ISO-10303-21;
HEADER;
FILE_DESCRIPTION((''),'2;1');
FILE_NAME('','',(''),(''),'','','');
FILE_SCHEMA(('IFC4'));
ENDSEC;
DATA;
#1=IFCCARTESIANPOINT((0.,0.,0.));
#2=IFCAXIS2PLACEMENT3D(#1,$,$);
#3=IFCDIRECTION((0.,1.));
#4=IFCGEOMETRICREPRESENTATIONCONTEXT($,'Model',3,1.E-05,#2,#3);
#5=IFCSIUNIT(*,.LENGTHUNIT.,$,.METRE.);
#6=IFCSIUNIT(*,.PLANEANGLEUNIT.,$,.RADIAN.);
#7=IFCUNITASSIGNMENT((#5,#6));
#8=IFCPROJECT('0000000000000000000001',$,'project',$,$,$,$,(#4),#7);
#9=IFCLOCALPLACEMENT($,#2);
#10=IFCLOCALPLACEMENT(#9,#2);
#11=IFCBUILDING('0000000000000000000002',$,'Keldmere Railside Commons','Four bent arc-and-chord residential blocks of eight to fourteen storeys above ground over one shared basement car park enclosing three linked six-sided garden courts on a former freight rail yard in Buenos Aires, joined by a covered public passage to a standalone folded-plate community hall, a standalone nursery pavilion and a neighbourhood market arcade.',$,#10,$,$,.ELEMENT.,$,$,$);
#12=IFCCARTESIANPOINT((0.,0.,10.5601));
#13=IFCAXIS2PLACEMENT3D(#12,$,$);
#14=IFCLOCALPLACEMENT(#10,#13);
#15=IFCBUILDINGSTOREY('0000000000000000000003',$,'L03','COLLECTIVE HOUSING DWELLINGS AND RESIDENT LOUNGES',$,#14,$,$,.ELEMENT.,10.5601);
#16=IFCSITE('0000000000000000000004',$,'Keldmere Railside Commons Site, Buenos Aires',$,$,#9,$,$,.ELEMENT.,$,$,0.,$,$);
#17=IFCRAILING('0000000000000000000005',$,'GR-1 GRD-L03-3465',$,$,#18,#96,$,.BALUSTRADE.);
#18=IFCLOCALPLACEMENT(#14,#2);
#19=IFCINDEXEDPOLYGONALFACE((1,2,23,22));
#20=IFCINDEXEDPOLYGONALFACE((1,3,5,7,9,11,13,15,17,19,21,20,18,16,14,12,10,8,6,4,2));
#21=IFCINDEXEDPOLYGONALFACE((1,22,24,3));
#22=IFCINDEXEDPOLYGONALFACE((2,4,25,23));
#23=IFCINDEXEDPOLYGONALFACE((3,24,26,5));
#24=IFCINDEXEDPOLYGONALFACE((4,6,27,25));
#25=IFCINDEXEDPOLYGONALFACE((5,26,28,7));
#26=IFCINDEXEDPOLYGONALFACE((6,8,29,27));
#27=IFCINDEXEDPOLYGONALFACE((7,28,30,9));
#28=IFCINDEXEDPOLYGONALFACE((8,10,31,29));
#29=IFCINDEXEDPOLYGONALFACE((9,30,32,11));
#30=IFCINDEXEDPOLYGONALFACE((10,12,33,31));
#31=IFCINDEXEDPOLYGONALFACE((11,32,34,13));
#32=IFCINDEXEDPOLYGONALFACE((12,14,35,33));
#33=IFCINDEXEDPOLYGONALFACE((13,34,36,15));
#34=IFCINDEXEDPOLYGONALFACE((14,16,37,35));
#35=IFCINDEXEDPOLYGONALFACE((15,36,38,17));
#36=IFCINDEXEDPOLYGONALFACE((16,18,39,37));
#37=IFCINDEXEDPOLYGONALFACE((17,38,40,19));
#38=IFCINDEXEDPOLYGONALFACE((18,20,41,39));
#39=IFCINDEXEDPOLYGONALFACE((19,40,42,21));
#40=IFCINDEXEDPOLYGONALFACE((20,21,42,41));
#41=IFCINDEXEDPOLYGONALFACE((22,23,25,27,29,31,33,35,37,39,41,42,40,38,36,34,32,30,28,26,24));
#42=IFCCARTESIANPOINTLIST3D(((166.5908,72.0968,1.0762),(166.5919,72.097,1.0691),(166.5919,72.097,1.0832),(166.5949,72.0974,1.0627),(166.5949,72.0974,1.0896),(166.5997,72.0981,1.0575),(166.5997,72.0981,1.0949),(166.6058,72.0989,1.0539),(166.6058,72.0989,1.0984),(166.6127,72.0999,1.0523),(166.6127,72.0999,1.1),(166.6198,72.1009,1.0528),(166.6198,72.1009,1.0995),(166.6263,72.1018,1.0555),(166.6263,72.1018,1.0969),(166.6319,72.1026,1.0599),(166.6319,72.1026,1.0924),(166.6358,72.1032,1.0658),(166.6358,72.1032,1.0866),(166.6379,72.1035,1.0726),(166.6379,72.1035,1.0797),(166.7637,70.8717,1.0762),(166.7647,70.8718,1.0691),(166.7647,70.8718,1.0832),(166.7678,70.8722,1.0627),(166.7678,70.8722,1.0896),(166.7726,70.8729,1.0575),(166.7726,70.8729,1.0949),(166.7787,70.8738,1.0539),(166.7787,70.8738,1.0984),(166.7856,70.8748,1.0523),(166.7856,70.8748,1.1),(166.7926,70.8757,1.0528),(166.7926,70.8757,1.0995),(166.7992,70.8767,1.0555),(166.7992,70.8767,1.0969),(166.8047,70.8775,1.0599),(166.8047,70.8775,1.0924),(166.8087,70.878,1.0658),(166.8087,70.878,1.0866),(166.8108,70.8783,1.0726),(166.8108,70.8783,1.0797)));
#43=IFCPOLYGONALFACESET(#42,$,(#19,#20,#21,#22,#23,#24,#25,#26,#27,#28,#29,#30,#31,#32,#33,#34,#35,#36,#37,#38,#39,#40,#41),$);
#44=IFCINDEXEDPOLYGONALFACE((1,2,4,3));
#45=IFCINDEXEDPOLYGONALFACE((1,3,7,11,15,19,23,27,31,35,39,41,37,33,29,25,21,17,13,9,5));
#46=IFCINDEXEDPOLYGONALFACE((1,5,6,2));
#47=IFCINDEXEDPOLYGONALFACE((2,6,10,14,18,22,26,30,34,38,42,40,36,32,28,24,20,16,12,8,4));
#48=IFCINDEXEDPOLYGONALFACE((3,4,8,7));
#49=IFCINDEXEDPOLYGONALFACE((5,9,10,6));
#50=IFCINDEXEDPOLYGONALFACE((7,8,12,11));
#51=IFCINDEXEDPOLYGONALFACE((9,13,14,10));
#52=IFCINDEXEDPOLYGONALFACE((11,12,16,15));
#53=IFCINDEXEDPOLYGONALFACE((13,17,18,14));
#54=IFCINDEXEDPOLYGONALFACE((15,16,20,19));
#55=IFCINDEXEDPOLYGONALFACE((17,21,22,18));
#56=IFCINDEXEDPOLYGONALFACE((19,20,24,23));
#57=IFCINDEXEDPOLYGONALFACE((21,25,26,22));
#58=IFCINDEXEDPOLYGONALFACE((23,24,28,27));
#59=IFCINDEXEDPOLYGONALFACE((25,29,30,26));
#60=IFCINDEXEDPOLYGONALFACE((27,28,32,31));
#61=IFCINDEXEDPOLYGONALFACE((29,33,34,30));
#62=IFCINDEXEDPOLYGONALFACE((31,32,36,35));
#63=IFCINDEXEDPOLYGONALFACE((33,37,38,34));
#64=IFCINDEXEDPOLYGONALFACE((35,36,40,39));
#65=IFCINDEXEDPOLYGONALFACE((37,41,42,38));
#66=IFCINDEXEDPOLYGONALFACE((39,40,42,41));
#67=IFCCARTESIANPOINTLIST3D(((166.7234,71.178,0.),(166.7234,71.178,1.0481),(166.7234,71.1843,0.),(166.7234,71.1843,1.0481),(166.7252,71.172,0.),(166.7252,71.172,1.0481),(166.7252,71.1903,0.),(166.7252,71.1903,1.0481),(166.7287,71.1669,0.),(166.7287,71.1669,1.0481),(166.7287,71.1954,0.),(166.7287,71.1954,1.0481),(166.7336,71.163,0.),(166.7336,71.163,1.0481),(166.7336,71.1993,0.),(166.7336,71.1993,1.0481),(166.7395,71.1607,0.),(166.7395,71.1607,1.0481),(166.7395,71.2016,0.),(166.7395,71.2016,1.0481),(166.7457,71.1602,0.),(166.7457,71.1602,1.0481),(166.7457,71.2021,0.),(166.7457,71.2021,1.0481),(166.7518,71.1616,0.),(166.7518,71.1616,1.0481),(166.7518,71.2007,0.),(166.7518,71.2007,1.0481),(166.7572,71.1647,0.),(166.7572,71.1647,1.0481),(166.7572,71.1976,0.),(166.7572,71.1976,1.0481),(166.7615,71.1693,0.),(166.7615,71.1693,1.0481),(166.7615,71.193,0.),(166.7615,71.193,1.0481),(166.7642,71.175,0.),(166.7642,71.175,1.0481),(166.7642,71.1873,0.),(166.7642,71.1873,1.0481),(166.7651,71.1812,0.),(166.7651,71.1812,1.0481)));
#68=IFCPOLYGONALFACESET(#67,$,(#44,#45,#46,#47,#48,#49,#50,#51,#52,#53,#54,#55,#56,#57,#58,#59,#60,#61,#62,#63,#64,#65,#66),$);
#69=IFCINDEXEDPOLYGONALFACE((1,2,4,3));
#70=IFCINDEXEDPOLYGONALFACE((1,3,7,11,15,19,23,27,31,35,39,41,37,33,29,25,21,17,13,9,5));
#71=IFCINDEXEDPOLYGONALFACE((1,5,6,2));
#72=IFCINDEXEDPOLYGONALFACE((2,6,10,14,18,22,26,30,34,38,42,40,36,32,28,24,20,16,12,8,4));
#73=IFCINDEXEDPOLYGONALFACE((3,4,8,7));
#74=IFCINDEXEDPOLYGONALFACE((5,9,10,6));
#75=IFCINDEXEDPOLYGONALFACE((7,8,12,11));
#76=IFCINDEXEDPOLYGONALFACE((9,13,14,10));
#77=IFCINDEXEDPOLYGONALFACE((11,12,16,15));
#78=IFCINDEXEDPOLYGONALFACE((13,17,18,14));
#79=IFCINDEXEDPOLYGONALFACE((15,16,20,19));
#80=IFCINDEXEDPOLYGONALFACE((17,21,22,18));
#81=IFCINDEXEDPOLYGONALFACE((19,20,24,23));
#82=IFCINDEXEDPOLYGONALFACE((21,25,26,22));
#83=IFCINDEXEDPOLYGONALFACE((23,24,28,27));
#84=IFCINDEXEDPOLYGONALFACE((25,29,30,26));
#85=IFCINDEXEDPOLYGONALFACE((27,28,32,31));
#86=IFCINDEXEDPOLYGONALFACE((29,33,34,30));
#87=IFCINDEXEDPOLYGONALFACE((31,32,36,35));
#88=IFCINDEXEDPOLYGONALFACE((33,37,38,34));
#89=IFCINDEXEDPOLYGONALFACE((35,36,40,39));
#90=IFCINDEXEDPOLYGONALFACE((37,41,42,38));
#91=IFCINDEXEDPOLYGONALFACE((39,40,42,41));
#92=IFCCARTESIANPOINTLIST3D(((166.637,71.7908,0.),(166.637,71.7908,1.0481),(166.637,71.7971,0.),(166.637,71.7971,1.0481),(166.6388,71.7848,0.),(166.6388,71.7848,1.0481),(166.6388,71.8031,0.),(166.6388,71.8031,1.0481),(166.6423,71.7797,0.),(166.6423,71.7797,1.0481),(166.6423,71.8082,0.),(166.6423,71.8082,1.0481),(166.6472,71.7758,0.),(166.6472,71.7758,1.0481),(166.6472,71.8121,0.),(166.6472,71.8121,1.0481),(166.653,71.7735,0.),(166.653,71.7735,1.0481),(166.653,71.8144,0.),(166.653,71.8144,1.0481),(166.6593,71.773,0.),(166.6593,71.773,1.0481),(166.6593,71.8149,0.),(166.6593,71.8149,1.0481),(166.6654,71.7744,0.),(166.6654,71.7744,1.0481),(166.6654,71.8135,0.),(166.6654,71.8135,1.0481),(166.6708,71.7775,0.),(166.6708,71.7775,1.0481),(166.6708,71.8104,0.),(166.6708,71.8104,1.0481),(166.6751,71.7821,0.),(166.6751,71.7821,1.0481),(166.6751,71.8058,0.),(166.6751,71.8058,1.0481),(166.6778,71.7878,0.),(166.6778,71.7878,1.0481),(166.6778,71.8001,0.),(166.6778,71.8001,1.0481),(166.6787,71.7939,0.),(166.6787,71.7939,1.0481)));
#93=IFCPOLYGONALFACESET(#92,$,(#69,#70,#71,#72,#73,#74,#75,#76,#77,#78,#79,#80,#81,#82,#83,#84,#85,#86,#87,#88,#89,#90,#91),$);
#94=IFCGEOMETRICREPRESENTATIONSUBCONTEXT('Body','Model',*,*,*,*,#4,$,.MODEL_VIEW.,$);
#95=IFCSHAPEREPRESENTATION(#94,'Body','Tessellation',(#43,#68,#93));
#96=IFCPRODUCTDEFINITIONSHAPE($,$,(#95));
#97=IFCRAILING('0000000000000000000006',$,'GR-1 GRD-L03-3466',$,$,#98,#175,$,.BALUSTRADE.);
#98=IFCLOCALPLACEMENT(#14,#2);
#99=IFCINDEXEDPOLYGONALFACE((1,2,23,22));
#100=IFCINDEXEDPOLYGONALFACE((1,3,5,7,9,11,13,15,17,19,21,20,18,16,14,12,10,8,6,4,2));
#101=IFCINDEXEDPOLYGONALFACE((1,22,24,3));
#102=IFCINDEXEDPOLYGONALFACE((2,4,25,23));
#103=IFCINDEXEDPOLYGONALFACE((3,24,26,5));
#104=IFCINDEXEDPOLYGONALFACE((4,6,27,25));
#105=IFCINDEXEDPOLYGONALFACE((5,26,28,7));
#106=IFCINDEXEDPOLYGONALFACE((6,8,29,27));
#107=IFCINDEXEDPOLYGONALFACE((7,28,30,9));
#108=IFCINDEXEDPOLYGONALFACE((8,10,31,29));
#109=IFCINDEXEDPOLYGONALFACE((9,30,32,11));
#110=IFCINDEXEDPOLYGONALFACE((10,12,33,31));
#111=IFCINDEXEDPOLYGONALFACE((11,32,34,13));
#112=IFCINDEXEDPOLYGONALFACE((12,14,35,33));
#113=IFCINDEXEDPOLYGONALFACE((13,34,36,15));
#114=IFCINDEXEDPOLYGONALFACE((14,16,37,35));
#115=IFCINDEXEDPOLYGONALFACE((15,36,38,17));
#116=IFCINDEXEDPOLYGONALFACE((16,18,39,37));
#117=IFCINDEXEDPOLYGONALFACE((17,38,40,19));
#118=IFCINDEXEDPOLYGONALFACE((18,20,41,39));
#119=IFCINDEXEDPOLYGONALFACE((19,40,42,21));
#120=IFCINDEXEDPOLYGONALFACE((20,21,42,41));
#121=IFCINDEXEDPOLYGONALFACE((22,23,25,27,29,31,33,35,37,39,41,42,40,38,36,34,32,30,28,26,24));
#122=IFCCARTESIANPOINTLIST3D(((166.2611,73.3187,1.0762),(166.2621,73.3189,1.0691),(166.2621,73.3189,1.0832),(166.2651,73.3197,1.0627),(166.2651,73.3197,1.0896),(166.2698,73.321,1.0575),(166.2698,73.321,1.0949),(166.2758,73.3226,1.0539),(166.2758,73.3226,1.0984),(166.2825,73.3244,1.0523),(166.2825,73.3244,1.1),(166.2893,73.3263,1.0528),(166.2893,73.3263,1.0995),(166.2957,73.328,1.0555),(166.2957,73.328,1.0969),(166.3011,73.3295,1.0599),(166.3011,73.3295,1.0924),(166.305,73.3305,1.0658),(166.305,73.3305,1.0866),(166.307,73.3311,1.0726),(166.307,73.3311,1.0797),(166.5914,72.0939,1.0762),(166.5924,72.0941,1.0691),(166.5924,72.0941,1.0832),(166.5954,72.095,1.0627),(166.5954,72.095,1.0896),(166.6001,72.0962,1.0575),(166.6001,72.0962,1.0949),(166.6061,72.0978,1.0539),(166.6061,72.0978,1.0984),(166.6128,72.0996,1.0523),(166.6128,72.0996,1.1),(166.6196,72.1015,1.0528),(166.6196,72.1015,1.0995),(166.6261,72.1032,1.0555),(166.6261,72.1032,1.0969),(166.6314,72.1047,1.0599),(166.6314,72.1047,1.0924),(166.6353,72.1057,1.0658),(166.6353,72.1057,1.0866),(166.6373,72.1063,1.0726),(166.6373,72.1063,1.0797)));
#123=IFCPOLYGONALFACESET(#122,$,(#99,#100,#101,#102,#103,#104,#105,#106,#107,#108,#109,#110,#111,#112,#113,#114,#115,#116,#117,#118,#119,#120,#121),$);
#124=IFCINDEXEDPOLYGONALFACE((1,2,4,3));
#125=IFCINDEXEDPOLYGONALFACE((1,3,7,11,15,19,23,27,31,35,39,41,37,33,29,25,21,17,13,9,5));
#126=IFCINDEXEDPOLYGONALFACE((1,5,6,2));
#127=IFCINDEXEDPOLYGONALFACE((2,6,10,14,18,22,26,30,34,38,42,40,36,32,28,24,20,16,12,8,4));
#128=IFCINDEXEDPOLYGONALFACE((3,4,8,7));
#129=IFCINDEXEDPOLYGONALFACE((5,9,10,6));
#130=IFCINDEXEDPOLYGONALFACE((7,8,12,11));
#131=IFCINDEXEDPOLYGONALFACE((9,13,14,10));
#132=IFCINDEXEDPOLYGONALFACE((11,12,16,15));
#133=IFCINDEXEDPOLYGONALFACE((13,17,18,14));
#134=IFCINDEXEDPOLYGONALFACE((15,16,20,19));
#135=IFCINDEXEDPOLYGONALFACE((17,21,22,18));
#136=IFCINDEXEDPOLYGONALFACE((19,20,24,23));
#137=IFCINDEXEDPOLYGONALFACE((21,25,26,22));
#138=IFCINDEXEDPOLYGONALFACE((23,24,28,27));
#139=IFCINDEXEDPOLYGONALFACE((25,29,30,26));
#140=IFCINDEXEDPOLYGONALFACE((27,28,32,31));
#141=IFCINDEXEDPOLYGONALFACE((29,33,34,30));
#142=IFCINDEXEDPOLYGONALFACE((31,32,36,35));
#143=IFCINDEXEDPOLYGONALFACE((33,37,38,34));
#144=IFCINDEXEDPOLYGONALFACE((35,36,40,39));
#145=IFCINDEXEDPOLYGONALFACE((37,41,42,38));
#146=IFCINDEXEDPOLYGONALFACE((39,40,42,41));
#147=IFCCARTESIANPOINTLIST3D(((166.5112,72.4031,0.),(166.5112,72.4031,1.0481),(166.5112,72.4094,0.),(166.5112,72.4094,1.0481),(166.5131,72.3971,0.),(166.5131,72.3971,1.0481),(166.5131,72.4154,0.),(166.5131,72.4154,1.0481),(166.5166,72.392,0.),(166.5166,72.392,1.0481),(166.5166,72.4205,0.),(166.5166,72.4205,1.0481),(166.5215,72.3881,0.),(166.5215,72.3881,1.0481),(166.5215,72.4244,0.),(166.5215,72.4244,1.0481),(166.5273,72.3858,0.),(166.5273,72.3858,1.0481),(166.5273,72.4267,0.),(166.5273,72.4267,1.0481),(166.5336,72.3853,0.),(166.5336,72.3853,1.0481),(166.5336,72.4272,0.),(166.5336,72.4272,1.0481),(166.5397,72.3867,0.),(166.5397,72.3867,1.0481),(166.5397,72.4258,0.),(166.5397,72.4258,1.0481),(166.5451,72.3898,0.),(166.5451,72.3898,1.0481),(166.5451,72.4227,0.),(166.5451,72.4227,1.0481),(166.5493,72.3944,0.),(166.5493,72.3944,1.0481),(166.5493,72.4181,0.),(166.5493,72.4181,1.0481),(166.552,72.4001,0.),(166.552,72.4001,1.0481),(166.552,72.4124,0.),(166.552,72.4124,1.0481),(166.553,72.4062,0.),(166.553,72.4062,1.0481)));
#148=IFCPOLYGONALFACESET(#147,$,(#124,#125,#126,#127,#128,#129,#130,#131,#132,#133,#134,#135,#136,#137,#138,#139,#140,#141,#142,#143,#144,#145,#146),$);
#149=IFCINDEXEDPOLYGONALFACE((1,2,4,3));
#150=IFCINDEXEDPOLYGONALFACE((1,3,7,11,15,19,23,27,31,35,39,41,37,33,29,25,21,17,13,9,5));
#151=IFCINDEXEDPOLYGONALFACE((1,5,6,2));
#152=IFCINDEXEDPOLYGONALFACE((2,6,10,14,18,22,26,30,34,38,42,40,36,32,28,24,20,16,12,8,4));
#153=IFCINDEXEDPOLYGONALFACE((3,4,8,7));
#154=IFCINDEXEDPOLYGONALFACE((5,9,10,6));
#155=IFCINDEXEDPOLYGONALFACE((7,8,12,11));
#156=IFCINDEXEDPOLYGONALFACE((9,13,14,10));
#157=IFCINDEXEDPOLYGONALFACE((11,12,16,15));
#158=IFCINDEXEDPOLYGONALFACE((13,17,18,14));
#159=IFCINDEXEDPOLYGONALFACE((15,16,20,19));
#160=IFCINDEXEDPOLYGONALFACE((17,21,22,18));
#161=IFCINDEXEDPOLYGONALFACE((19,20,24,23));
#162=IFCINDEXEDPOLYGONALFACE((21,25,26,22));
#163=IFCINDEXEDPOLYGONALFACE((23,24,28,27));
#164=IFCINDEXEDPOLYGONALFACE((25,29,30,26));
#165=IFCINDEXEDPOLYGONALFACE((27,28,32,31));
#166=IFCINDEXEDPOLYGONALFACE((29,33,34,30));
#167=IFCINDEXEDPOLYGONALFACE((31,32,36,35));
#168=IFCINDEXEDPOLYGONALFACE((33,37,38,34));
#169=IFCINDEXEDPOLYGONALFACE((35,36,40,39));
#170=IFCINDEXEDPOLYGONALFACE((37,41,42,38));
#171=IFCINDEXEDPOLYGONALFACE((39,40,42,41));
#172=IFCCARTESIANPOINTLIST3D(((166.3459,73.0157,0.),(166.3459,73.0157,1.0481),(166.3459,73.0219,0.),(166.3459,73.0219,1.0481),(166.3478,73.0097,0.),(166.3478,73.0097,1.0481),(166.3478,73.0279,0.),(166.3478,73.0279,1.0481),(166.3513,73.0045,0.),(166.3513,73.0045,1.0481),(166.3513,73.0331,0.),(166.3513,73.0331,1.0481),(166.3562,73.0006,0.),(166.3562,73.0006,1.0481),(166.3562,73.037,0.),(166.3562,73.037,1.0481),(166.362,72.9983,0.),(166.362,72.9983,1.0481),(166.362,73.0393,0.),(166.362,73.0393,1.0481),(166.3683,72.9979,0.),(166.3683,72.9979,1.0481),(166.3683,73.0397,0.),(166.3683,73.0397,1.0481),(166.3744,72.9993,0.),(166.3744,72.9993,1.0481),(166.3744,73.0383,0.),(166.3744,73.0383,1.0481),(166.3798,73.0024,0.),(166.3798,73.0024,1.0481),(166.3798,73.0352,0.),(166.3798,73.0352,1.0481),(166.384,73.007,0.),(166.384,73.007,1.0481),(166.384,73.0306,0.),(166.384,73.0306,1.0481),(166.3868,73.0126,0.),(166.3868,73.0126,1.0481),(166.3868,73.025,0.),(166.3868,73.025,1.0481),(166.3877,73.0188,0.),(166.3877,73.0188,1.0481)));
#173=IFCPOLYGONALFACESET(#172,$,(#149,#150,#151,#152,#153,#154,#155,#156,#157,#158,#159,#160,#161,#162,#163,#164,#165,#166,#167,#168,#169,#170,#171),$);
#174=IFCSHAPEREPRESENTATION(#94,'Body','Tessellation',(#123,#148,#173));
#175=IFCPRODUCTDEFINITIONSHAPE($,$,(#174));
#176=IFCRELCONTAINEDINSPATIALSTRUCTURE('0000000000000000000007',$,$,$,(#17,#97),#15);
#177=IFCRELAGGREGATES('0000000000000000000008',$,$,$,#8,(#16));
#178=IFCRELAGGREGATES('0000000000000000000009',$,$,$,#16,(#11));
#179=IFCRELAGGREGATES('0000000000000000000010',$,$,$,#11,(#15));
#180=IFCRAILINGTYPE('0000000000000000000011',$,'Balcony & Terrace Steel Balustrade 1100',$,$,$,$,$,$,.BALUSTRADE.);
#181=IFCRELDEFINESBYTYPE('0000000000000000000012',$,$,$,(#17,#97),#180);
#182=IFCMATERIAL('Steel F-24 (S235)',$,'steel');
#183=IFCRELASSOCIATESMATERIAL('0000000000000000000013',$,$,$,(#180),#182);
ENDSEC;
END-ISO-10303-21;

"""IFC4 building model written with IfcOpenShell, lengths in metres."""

from ifc_helpers import new_model, si_unit, direction, frame, origin, origin_2d, place, context, subcontext, project, spatial, circle, extrude, material, type_object, element, save


model = new_model("IFC4")

# Units and contexts
model_context = context("Model", 3, precision=1e-05, world=origin(), true_north=direction((0.0, 1.0)))
body_context = subcontext(model_context, "Body", "Model", "MODEL_VIEW")
ifc_project = project(units=[si_unit("LENGTHUNIT", "METRE"), si_unit("PLANEANGLEUNIT", "RADIAN")], contexts=[model_context])

# Site, building, storey
site_placement = place(None, origin())
site = spatial("IfcSite", under=ifc_project, at=site_placement, Name="Keldmere Railside Commons Site, Buenos Aires", CompositionType="ELEMENT", RefElevation=0.0)
building_placement = place(site_placement, origin())
building = spatial("IfcBuilding", under=site, at=building_placement, Name="Keldmere Railside Commons", Description="Four bent arc-and-chord residential blocks of eight to fourteen storeys above ground over one shared basement car park enclosing three linked six-sided garden courts on a former freight rail yard in Buenos Aires, joined by a covered public passage to a standalone folded-plate community hall, a standalone nursery pavilion and a neighbourhood market arcade.", CompositionType="ELEMENT")
storey_placement = place(building_placement, frame((0.0, 0.0, 10.5601)))
storey = spatial("IfcBuildingStorey", under=building, at=storey_placement, Name="L03", Description="COLLECTIVE HOUSING DWELLINGS AND RESIDENT LOUNGES", CompositionType="ELEMENT", Elevation=10.5601)

# Shared definitions
ifc_material_1 = material(Name="Steel F-24 (S235)", Category="steel")

# Railings
railing_type = type_object("IfcRailingType", Name="Balcony & Terrace Steel Balustrade 1100", PredefinedType="BALUSTRADE", material=ifc_material_1)
railing_1_placement = place(storey_placement, frame((166.7874, 70.875, 0.0)))
element("IfcRailing", 1, at=railing_1_placement, inside=storey, type_object=railing_type, Name="GR-1 GRD-L03-3465", PredefinedType="BALUSTRADE", context=body_context, shape_type="SweptSolid", body=[
    extrude(circle(Radius=0.0239, at=origin_2d()), frame((0.0, 0.0, 1.0762), z_axis=(-0.139708, 0.990193, 0.0), x_axis=(-0.990193, -0.139708, 0.0)), (0.0, 0.0, 1.0), 1.2373),
    extrude(circle(Radius=0.021, at=origin_2d()), frame((-0.0432, 0.3062, 0.0)), (0.0, 0.0, 1.0), 1.0481),
    extrude(circle(Radius=0.021, at=origin_2d()), frame((-0.1296, 0.9189, 0.0)), (0.0, 0.0, 1.0), 1.0481),
])
railing_2_placement = place(storey_placement, frame((166.6145, 72.1001, 0.0)))
element("IfcRailing", 2, at=railing_2_placement, inside=storey, type_object=railing_type, Name="GR-1 GRD-L03-3466", PredefinedType="BALUSTRADE", context=body_context, shape_type="SweptSolid", body=[
    extrude(circle(Radius=0.0239, at=origin_2d()), frame((0.0, 0.0, 1.0762), z_axis=(-0.260381, 0.965506, 0.0), x_axis=(-0.965506, -0.260381, 0.0)), (0.0, 0.0, 1.0), 1.2686),
    extrude(circle(Radius=0.021, at=origin_2d()), frame((-0.0825, 0.3062, 0.0)), (0.0, 0.0, 1.0), 1.0481),
    extrude(circle(Radius=0.021, at=origin_2d()), frame((-0.2478, 0.9187, 0.0)), (0.0, 0.0, 1.0), 1.0481),
])

save(model, "model.ifc")
